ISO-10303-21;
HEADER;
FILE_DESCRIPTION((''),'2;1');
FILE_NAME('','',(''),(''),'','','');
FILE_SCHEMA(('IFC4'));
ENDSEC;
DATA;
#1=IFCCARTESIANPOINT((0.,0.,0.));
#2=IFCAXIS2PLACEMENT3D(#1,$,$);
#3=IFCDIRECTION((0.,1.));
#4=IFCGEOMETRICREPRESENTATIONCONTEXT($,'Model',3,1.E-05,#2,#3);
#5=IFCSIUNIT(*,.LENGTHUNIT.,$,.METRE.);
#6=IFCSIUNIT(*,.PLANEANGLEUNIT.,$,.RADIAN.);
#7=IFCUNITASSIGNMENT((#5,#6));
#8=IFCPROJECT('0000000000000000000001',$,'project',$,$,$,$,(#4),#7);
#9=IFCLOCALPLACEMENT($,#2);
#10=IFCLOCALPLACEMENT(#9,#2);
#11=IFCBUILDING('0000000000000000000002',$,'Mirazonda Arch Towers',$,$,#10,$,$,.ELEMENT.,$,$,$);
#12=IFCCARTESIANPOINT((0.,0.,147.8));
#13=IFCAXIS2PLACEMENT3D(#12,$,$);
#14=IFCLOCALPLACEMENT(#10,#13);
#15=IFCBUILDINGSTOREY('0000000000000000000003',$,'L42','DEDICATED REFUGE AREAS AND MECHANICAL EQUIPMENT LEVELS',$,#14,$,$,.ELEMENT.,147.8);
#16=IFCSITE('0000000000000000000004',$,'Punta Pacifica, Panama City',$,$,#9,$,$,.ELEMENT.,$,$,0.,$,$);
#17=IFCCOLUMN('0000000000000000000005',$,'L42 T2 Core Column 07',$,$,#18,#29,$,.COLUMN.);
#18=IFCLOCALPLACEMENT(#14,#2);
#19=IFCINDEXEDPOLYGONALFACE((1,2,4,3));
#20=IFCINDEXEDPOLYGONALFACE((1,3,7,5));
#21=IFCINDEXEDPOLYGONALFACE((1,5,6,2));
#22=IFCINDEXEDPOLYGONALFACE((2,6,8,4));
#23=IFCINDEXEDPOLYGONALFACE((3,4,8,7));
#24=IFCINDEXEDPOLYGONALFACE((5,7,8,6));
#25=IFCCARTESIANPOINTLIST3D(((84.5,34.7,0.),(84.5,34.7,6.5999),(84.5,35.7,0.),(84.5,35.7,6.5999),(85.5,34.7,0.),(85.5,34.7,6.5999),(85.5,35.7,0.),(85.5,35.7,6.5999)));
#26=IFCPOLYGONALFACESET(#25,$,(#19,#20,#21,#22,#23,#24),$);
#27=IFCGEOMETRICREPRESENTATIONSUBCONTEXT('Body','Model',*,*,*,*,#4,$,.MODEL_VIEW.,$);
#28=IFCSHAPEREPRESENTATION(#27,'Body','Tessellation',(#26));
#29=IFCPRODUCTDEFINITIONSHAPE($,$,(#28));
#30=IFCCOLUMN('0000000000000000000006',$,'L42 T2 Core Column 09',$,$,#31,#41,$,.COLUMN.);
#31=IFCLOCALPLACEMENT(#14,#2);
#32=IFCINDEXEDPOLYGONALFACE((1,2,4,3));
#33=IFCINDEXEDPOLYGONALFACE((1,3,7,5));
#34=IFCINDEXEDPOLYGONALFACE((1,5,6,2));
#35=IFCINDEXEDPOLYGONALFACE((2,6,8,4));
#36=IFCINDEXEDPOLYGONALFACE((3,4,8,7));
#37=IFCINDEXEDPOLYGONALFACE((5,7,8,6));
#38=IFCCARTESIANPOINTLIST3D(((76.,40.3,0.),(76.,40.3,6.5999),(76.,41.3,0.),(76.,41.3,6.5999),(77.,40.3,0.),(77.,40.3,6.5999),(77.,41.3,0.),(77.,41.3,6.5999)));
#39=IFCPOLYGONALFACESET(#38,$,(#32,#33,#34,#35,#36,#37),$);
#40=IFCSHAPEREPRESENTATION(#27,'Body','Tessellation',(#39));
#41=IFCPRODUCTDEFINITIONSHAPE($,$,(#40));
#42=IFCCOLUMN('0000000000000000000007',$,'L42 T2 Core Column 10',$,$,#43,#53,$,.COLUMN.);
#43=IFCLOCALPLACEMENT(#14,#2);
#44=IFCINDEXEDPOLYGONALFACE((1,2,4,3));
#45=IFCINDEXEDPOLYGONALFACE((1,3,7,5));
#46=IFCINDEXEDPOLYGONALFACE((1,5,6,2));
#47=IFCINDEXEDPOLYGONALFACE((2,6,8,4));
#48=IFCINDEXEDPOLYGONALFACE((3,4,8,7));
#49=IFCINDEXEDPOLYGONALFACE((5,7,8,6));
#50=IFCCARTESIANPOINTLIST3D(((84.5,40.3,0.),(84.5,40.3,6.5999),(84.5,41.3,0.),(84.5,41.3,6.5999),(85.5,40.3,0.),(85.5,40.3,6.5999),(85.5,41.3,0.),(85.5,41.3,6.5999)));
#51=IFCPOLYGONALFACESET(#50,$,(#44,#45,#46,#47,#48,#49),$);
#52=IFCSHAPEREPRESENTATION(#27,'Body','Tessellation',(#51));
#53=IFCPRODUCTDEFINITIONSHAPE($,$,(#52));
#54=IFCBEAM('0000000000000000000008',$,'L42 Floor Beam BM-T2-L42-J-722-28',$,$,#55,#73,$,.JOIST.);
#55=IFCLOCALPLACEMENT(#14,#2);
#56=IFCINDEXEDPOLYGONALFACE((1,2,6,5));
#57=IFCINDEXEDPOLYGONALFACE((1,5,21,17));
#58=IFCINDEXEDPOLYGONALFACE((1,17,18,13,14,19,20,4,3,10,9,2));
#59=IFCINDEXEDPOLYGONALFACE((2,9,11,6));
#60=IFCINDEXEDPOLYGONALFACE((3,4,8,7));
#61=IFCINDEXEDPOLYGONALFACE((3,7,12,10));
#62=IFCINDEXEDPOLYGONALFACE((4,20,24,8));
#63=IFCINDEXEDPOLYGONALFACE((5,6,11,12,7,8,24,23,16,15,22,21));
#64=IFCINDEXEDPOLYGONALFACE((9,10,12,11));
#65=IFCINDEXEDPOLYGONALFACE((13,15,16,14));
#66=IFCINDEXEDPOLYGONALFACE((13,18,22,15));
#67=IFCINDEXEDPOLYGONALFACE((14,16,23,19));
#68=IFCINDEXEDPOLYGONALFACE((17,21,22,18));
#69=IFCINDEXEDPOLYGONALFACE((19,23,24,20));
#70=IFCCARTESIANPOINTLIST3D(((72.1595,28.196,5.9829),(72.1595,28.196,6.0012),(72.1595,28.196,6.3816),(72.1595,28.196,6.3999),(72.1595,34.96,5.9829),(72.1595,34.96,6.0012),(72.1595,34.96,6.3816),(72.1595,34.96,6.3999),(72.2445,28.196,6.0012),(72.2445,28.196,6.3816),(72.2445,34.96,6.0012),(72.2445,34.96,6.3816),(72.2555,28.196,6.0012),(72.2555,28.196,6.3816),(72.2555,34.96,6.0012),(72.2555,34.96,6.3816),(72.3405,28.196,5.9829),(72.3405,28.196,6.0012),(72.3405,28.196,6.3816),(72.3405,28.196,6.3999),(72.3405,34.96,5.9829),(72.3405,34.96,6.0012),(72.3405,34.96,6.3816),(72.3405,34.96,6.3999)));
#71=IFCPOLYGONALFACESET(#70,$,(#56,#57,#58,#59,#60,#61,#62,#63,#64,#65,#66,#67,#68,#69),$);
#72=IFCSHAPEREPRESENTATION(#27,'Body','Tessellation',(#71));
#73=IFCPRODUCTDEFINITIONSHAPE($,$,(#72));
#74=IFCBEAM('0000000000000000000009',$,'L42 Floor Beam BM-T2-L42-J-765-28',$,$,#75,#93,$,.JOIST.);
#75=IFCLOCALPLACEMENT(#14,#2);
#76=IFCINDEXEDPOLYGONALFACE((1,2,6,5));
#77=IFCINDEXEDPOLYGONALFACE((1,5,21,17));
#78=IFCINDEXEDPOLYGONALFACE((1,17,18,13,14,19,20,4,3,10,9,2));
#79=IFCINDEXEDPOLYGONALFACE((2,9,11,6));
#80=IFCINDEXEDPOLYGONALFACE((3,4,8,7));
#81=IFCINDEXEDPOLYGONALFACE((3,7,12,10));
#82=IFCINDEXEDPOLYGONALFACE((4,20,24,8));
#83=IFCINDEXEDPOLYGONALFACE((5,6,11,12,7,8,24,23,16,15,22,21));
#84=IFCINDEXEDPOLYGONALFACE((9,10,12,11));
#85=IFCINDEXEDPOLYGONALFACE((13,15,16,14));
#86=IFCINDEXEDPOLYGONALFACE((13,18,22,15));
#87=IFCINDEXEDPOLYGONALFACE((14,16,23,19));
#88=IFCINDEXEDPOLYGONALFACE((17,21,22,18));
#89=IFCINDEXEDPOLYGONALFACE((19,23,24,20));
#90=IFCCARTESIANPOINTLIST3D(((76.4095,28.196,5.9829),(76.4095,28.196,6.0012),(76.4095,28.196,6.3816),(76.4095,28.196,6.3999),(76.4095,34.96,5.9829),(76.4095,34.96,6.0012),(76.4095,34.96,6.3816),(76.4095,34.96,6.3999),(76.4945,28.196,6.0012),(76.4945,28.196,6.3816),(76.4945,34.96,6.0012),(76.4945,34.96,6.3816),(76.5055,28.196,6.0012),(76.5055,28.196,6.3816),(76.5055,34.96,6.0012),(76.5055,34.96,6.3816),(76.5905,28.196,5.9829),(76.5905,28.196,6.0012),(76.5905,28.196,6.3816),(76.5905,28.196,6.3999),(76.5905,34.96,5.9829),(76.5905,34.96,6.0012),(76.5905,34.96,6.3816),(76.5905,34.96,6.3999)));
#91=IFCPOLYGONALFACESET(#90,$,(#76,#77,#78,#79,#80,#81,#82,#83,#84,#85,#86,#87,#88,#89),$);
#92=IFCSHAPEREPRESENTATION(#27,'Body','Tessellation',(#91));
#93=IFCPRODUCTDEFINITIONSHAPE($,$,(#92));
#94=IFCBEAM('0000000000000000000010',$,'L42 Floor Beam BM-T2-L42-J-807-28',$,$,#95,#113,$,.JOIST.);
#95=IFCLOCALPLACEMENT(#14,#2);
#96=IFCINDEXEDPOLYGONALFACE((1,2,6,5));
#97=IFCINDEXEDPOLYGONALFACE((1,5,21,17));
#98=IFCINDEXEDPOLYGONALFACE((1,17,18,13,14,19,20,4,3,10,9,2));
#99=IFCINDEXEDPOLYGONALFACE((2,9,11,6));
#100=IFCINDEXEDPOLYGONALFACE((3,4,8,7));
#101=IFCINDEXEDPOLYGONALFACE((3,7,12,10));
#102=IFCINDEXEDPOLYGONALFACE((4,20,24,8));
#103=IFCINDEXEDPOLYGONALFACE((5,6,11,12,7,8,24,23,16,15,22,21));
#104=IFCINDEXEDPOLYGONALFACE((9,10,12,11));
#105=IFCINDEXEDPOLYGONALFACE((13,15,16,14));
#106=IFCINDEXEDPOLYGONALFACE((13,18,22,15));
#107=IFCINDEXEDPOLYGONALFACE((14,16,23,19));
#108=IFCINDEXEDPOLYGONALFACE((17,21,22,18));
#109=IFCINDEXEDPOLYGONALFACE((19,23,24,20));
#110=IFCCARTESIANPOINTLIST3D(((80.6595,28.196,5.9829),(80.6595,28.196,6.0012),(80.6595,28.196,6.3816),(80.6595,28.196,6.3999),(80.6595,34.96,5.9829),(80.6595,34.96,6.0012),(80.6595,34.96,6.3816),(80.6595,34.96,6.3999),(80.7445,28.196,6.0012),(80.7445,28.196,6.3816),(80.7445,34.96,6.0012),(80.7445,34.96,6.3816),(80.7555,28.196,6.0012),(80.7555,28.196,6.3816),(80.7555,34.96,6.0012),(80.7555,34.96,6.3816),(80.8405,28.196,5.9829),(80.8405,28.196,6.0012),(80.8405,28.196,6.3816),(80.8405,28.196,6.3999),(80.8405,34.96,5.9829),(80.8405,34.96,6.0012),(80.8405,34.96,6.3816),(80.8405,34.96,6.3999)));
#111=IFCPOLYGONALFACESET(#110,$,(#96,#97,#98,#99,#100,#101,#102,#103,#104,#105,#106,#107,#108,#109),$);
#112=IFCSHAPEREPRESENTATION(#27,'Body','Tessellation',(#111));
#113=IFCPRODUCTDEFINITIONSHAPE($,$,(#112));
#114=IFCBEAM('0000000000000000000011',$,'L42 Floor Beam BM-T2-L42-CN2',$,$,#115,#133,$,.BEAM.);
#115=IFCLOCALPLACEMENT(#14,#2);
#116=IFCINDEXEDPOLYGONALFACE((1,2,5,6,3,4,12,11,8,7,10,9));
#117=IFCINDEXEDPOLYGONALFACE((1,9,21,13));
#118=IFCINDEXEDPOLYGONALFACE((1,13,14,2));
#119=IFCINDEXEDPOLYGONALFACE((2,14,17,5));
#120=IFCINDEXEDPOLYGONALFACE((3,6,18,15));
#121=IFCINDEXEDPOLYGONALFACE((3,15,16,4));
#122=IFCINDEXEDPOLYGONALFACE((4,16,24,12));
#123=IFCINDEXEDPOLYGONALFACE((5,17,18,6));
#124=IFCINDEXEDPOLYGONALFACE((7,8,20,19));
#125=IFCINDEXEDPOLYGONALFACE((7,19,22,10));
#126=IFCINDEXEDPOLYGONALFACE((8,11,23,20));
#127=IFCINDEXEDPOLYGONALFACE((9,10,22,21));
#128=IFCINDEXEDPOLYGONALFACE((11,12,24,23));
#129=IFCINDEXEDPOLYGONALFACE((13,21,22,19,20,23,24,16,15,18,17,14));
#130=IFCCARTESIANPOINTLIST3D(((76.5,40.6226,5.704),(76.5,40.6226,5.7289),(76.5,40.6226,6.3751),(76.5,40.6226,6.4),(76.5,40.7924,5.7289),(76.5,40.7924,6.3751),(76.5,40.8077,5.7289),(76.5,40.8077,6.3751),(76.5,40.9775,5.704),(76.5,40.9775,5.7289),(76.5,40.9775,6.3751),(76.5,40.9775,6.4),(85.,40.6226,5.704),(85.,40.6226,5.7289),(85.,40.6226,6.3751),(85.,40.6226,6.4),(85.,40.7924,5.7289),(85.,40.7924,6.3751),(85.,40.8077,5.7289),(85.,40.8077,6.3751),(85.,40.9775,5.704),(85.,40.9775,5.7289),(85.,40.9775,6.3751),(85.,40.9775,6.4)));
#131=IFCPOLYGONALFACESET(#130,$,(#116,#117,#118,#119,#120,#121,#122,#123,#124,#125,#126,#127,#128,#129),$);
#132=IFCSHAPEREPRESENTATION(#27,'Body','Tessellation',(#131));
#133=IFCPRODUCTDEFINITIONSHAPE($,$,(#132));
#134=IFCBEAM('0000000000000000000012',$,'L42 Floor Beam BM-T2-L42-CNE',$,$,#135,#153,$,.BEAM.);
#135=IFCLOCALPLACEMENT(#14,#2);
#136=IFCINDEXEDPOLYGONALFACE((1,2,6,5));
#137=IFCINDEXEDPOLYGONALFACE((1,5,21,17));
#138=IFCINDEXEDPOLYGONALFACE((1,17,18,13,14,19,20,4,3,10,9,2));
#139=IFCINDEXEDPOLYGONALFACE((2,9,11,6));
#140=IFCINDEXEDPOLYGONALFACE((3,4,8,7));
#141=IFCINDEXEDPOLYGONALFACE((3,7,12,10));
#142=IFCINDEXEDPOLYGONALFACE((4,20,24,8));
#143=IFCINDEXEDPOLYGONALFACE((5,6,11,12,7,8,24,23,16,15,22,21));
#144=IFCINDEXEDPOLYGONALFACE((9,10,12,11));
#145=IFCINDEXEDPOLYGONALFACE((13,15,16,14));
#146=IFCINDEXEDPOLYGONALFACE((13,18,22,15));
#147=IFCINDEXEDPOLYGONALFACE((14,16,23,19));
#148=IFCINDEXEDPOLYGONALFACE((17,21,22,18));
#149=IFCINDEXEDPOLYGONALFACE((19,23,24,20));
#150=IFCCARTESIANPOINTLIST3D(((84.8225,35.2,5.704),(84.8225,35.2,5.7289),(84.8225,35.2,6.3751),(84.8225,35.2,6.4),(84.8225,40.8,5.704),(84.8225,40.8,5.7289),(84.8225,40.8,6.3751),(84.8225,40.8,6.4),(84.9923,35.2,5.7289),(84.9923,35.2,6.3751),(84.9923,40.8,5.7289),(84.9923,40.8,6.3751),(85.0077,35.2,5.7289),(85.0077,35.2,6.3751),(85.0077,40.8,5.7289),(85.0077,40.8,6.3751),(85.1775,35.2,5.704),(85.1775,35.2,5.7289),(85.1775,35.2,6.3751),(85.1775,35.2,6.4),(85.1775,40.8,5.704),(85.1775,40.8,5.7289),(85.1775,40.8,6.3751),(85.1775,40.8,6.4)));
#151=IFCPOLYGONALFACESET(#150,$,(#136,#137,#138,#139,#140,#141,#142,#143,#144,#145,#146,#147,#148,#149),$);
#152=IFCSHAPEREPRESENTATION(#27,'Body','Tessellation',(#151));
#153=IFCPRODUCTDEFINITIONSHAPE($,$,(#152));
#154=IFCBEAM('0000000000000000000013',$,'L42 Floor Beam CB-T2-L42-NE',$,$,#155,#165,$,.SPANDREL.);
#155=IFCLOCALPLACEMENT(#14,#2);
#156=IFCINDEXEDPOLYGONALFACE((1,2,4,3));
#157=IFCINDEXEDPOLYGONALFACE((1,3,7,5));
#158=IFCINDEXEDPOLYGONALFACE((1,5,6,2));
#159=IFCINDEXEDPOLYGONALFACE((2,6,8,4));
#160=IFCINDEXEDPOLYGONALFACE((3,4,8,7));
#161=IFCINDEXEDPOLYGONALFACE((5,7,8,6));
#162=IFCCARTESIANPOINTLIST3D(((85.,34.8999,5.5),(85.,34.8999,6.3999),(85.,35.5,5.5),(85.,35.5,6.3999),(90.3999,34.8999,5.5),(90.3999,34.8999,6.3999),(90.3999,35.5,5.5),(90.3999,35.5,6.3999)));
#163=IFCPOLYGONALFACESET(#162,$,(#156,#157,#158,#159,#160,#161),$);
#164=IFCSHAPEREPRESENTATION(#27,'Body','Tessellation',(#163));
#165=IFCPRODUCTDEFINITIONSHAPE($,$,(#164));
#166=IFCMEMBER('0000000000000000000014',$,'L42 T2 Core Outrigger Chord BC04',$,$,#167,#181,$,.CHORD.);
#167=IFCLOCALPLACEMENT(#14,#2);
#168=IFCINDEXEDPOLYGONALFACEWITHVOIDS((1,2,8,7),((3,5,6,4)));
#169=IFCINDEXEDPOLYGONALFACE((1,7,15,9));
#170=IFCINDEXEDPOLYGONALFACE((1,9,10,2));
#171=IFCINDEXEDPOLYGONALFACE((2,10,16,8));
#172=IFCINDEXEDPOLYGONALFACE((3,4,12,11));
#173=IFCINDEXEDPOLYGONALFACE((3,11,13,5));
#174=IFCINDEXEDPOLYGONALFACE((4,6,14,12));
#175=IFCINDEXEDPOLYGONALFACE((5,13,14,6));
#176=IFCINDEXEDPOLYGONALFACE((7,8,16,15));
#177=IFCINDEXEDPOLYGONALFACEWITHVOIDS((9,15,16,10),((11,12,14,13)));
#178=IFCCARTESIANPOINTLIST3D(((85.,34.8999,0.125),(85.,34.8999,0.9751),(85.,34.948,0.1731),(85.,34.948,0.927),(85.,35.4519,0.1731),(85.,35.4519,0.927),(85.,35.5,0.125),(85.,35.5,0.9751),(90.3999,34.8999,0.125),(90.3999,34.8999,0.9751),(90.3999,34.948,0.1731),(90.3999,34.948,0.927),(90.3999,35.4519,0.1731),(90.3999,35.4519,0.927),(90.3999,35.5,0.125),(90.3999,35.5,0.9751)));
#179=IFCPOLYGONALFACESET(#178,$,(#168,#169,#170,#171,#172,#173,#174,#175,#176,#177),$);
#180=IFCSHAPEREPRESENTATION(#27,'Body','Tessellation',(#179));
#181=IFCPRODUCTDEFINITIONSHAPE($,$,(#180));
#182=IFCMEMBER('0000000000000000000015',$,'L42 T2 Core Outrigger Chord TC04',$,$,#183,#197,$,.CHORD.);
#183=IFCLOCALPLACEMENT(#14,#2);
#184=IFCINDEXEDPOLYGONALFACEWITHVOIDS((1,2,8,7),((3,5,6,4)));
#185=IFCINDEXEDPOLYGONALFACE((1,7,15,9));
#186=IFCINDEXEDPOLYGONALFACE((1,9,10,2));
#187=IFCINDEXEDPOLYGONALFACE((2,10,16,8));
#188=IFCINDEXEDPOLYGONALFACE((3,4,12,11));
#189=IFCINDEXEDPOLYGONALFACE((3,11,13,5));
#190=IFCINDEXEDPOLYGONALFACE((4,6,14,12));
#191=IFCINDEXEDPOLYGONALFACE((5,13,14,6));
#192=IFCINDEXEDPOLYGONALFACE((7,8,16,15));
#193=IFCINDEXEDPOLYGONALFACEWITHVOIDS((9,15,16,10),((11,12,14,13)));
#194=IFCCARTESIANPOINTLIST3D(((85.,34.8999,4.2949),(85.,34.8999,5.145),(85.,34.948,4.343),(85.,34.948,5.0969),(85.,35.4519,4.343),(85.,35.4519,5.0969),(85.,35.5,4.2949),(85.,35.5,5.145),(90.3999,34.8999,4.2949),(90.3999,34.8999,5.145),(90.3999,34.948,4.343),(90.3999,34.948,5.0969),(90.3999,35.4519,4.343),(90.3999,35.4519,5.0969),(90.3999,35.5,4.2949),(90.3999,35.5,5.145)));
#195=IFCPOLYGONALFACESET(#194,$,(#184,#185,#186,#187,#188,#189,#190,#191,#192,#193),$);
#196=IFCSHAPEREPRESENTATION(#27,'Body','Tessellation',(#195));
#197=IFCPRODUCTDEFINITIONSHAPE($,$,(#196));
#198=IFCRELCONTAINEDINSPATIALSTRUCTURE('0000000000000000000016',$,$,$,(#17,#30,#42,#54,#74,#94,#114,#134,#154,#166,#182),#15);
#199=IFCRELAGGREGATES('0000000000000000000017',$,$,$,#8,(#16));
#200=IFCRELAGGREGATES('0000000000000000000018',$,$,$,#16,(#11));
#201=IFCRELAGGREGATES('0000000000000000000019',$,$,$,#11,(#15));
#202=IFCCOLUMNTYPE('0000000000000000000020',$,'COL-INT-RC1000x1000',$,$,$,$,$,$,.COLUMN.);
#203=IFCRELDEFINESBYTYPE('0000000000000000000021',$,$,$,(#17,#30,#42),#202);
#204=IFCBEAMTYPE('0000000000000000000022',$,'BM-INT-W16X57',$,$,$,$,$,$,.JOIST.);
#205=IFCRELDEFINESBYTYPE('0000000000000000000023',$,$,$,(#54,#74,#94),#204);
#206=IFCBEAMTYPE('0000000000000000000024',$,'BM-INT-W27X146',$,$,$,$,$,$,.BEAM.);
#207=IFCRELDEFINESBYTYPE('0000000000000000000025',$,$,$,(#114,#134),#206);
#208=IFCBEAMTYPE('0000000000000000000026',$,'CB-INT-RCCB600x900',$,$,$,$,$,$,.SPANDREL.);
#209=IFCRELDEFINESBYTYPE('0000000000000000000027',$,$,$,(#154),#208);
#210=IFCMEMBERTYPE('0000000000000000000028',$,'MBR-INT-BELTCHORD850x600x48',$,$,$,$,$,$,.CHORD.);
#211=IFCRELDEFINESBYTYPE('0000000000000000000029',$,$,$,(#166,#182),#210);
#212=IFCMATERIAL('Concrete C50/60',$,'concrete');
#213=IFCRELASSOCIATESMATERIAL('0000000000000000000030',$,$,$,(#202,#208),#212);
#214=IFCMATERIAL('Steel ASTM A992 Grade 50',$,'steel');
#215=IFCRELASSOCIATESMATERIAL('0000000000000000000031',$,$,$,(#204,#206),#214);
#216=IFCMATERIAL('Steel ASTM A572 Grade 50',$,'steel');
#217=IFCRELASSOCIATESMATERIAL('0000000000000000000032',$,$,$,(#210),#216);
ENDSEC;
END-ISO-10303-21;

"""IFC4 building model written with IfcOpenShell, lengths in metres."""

from ifc_helpers import new_model, si_unit, direction, frame, origin, origin_2d, place, context, subcontext, project, spatial, rectangle, hollow_rectangle, i_section, extrude, material, material_profile, profile_set, type_object, element, save


model = new_model("IFC4")

# Units and contexts
model_context = context("Model", 3, precision=1e-05, world=origin(), true_north=direction((0.0, 1.0)))
body_context = subcontext(model_context, "Body", "Model", "MODEL_VIEW")
ifc_project = project(units=[si_unit("LENGTHUNIT", "METRE"), si_unit("PLANEANGLEUNIT", "RADIAN")], contexts=[model_context])

# Site, building, storey
site_placement = place(None, origin())
site = spatial("IfcSite", under=ifc_project, at=site_placement, Name="Punta Pacifica, Panama City", CompositionType="ELEMENT", RefElevation=0.0)
building_placement = place(site_placement, origin())
building = spatial("IfcBuilding", under=site, at=building_placement, Name="Mirazonda Arch Towers", CompositionType="ELEMENT")
storey_placement = place(building_placement, frame((0.0, 0.0, 147.8)))
storey = spatial("IfcBuildingStorey", under=building, at=storey_placement, Name="L42", Description="DEDICATED REFUGE AREAS AND MECHANICAL EQUIPMENT LEVELS", CompositionType="ELEMENT", Elevation=147.8)

# Columns
ifc_material_1 = material(Name="Concrete C50/60", Category="concrete")
ifc_material_profile_1 = material_profile(ifc_material_1, rectangle(XDim=1.0, YDim=1.0, at=origin_2d()), Name="RC1000x1000")
ifc_profile_set_1 = profile_set([ifc_material_profile_1], Name="Concrete C50/60")
column_type = type_object("IfcColumnType", Name="COL-INT-RC1000x1000", PredefinedType="COLUMN", material=ifc_profile_set_1)
for number, where, z_axis, x_axis, name in (
    (1, (85.0, 35.2, 0.0), (0.0, 0.0, 1.0), (1.0, 0.0, 0.0), "L42 T2 Core Column 07"),
    (2, (76.5, 40.8, 0.0), (0.0, 0.0, 1.0), (1.0, 0.0, 0.0), "L42 T2 Core Column 09"),
    (3, (85.0, 40.8, 0.0), (0.0, 0.0, 1.0), (1.0, 0.0, 0.0), "L42 T2 Core Column 10"),
):
    element("IfcColumn", number, at=place(storey_placement, frame(where, z_axis=z_axis, x_axis=x_axis)), inside=storey, type_object=column_type, Name=name, PredefinedType="COLUMN", context=body_context, shape_type="SweptSolid", body=[
        extrude(rectangle(XDim=1.0, YDim=1.0, at=origin_2d()), origin(), (0.0, 0.0, 1.0), 6.5999),
    ])

# Beams
ifc_material_2 = material(Name="Steel ASTM A992 Grade 50", Category="steel")
ifc_material_profile_2 = material_profile(ifc_material_2, i_section(OverallWidth=0.1809, OverallDepth=0.417, WebThickness=0.011, FlangeThickness=0.0183, at=origin_2d()), Name="W16X57")
ifc_profile_set_2 = profile_set([ifc_material_profile_2], Name="Steel ASTM A992 Grade 50")
beam_type_1 = type_object("IfcBeamType", Name="BM-INT-W16X57", PredefinedType="JOIST", material=ifc_profile_set_2)
for number, where, z_axis, x_axis, name in (
    (4, (72.25, 28.196, 6.1914), (0.0, 1.0, 0.0), (-1.0, 0.0, 0.0), "L42 Floor Beam BM-T2-L42-J-722-28"),
    (5, (76.5, 28.196, 6.1914), (0.0, 1.0, 0.0), (-1.0, 0.0, 0.0), "L42 Floor Beam BM-T2-L42-J-765-28"),
    (6, (80.75, 28.196, 6.1914), (0.0, 1.0, 0.0), (-1.0, 0.0, 0.0), "L42 Floor Beam BM-T2-L42-J-807-28"),
):
    element("IfcBeam", number, at=place(storey_placement, frame(where, z_axis=z_axis, x_axis=x_axis)), inside=storey, type_object=beam_type_1, Name=name, PredefinedType="JOIST", context=body_context, shape_type="SweptSolid", body=[
        extrude(i_section(OverallWidth=0.1809, OverallDepth=0.417, WebThickness=0.011, FlangeThickness=0.0183, at=origin_2d()), origin(), (0.0, 0.0, 1.0), 6.7639),
    ])
ifc_material_profile_3 = material_profile(ifc_material_2, i_section(OverallWidth=0.355, OverallDepth=0.696, WebThickness=0.0154, FlangeThickness=0.0249, at=origin_2d()), Name="W27X146")
ifc_profile_set_3 = profile_set([ifc_material_profile_3], Name="Steel ASTM A992 Grade 50")
beam_type_2 = type_object("IfcBeamType", Name="BM-INT-W27X146", PredefinedType="BEAM", material=ifc_profile_set_3)
beam_1_placement = place(storey_placement, frame((76.5, 40.8, 6.052), z_axis=(1.0, 0.0, 0.0), x_axis=(0.0, 1.0, 0.0)))
element("IfcBeam", 7, at=beam_1_placement, inside=storey, type_object=beam_type_2, Name="L42 Floor Beam BM-T2-L42-CN2", PredefinedType="BEAM", context=body_context, shape_type="SweptSolid", body=[
    extrude(i_section(OverallWidth=0.355, OverallDepth=0.696, WebThickness=0.0154, FlangeThickness=0.0249, at=origin_2d()), origin(), (0.0, 0.0, 1.0), 8.5),
])
beam_2_placement = place(storey_placement, frame((85.0, 35.2, 6.052), z_axis=(0.0, 1.0, 0.0), x_axis=(-1.0, 0.0, 0.0)))
element("IfcBeam", 8, at=beam_2_placement, inside=storey, type_object=beam_type_2, Name="L42 Floor Beam BM-T2-L42-CNE", PredefinedType="BEAM", context=body_context, shape_type="SweptSolid", body=[
    extrude(i_section(OverallWidth=0.355, OverallDepth=0.696, WebThickness=0.0154, FlangeThickness=0.0249, at=origin_2d()), origin(), (0.0, 0.0, 1.0), 5.6001),
])
ifc_material_profile_4 = material_profile(ifc_material_1, rectangle(XDim=0.6001, YDim=0.8999, at=origin_2d()), Name="RCCB600x900")
ifc_profile_set_4 = profile_set([ifc_material_profile_4], Name="Concrete C50/60")
beam_type_3 = type_object("IfcBeamType", Name="CB-INT-RCCB600x900", PredefinedType="SPANDREL", material=ifc_profile_set_4)
beam_3_placement = place(storey_placement, frame((85.0, 35.2, 5.95), z_axis=(1.0, 0.0, 0.0), x_axis=(0.0, 1.0, 0.0)))
element("IfcBeam", 9, at=beam_3_placement, inside=storey, type_object=beam_type_3, Name="L42 Floor Beam CB-T2-L42-NE", PredefinedType="SPANDREL", context=body_context, shape_type="SweptSolid", body=[
    extrude(rectangle(XDim=0.6001, YDim=0.8999, at=origin_2d()), origin(), (0.0, 0.0, 1.0), 5.3999),
])

# Members
ifc_material_3 = material(Name="Steel ASTM A572 Grade 50", Category="steel")
ifc_material_profile_5 = material_profile(ifc_material_3, hollow_rectangle(XDim=0.6001, YDim=0.8501, WallThickness=0.0481, at=origin_2d()), Name="BELTCHORD850x600x48")
ifc_profile_set_5 = profile_set([ifc_material_profile_5], Name="Steel ASTM A572 Grade 50")
member_type_1 = type_object("IfcMemberType", Name="MBR-INT-BELTCHORD850x600x48", PredefinedType="CHORD", material=ifc_profile_set_5)
for number, where, z_axis, x_axis, name in (
    (10, (85.0, 35.2, 0.55), (1.0, 0.0, 0.0), (0.0, 1.0, 0.0), "L42 T2 Core Outrigger Chord BC04"),
    (11, (85.0, 35.2, 4.72), (1.0, 0.0, 0.0), (0.0, 1.0, 0.0), "L42 T2 Core Outrigger Chord TC04"),
):
    element("IfcMember", number, at=place(storey_placement, frame(where, z_axis=z_axis, x_axis=x_axis)), inside=storey, type_object=member_type_1, Name=name, PredefinedType="CHORD", context=body_context, shape_type="SweptSolid", body=[
        extrude(hollow_rectangle(XDim=0.6001, YDim=0.8501, WallThickness=0.0481, at=origin_2d()), origin(), (0.0, 0.0, 1.0), 5.3999),
    ])

save(model, "model.ifc")
